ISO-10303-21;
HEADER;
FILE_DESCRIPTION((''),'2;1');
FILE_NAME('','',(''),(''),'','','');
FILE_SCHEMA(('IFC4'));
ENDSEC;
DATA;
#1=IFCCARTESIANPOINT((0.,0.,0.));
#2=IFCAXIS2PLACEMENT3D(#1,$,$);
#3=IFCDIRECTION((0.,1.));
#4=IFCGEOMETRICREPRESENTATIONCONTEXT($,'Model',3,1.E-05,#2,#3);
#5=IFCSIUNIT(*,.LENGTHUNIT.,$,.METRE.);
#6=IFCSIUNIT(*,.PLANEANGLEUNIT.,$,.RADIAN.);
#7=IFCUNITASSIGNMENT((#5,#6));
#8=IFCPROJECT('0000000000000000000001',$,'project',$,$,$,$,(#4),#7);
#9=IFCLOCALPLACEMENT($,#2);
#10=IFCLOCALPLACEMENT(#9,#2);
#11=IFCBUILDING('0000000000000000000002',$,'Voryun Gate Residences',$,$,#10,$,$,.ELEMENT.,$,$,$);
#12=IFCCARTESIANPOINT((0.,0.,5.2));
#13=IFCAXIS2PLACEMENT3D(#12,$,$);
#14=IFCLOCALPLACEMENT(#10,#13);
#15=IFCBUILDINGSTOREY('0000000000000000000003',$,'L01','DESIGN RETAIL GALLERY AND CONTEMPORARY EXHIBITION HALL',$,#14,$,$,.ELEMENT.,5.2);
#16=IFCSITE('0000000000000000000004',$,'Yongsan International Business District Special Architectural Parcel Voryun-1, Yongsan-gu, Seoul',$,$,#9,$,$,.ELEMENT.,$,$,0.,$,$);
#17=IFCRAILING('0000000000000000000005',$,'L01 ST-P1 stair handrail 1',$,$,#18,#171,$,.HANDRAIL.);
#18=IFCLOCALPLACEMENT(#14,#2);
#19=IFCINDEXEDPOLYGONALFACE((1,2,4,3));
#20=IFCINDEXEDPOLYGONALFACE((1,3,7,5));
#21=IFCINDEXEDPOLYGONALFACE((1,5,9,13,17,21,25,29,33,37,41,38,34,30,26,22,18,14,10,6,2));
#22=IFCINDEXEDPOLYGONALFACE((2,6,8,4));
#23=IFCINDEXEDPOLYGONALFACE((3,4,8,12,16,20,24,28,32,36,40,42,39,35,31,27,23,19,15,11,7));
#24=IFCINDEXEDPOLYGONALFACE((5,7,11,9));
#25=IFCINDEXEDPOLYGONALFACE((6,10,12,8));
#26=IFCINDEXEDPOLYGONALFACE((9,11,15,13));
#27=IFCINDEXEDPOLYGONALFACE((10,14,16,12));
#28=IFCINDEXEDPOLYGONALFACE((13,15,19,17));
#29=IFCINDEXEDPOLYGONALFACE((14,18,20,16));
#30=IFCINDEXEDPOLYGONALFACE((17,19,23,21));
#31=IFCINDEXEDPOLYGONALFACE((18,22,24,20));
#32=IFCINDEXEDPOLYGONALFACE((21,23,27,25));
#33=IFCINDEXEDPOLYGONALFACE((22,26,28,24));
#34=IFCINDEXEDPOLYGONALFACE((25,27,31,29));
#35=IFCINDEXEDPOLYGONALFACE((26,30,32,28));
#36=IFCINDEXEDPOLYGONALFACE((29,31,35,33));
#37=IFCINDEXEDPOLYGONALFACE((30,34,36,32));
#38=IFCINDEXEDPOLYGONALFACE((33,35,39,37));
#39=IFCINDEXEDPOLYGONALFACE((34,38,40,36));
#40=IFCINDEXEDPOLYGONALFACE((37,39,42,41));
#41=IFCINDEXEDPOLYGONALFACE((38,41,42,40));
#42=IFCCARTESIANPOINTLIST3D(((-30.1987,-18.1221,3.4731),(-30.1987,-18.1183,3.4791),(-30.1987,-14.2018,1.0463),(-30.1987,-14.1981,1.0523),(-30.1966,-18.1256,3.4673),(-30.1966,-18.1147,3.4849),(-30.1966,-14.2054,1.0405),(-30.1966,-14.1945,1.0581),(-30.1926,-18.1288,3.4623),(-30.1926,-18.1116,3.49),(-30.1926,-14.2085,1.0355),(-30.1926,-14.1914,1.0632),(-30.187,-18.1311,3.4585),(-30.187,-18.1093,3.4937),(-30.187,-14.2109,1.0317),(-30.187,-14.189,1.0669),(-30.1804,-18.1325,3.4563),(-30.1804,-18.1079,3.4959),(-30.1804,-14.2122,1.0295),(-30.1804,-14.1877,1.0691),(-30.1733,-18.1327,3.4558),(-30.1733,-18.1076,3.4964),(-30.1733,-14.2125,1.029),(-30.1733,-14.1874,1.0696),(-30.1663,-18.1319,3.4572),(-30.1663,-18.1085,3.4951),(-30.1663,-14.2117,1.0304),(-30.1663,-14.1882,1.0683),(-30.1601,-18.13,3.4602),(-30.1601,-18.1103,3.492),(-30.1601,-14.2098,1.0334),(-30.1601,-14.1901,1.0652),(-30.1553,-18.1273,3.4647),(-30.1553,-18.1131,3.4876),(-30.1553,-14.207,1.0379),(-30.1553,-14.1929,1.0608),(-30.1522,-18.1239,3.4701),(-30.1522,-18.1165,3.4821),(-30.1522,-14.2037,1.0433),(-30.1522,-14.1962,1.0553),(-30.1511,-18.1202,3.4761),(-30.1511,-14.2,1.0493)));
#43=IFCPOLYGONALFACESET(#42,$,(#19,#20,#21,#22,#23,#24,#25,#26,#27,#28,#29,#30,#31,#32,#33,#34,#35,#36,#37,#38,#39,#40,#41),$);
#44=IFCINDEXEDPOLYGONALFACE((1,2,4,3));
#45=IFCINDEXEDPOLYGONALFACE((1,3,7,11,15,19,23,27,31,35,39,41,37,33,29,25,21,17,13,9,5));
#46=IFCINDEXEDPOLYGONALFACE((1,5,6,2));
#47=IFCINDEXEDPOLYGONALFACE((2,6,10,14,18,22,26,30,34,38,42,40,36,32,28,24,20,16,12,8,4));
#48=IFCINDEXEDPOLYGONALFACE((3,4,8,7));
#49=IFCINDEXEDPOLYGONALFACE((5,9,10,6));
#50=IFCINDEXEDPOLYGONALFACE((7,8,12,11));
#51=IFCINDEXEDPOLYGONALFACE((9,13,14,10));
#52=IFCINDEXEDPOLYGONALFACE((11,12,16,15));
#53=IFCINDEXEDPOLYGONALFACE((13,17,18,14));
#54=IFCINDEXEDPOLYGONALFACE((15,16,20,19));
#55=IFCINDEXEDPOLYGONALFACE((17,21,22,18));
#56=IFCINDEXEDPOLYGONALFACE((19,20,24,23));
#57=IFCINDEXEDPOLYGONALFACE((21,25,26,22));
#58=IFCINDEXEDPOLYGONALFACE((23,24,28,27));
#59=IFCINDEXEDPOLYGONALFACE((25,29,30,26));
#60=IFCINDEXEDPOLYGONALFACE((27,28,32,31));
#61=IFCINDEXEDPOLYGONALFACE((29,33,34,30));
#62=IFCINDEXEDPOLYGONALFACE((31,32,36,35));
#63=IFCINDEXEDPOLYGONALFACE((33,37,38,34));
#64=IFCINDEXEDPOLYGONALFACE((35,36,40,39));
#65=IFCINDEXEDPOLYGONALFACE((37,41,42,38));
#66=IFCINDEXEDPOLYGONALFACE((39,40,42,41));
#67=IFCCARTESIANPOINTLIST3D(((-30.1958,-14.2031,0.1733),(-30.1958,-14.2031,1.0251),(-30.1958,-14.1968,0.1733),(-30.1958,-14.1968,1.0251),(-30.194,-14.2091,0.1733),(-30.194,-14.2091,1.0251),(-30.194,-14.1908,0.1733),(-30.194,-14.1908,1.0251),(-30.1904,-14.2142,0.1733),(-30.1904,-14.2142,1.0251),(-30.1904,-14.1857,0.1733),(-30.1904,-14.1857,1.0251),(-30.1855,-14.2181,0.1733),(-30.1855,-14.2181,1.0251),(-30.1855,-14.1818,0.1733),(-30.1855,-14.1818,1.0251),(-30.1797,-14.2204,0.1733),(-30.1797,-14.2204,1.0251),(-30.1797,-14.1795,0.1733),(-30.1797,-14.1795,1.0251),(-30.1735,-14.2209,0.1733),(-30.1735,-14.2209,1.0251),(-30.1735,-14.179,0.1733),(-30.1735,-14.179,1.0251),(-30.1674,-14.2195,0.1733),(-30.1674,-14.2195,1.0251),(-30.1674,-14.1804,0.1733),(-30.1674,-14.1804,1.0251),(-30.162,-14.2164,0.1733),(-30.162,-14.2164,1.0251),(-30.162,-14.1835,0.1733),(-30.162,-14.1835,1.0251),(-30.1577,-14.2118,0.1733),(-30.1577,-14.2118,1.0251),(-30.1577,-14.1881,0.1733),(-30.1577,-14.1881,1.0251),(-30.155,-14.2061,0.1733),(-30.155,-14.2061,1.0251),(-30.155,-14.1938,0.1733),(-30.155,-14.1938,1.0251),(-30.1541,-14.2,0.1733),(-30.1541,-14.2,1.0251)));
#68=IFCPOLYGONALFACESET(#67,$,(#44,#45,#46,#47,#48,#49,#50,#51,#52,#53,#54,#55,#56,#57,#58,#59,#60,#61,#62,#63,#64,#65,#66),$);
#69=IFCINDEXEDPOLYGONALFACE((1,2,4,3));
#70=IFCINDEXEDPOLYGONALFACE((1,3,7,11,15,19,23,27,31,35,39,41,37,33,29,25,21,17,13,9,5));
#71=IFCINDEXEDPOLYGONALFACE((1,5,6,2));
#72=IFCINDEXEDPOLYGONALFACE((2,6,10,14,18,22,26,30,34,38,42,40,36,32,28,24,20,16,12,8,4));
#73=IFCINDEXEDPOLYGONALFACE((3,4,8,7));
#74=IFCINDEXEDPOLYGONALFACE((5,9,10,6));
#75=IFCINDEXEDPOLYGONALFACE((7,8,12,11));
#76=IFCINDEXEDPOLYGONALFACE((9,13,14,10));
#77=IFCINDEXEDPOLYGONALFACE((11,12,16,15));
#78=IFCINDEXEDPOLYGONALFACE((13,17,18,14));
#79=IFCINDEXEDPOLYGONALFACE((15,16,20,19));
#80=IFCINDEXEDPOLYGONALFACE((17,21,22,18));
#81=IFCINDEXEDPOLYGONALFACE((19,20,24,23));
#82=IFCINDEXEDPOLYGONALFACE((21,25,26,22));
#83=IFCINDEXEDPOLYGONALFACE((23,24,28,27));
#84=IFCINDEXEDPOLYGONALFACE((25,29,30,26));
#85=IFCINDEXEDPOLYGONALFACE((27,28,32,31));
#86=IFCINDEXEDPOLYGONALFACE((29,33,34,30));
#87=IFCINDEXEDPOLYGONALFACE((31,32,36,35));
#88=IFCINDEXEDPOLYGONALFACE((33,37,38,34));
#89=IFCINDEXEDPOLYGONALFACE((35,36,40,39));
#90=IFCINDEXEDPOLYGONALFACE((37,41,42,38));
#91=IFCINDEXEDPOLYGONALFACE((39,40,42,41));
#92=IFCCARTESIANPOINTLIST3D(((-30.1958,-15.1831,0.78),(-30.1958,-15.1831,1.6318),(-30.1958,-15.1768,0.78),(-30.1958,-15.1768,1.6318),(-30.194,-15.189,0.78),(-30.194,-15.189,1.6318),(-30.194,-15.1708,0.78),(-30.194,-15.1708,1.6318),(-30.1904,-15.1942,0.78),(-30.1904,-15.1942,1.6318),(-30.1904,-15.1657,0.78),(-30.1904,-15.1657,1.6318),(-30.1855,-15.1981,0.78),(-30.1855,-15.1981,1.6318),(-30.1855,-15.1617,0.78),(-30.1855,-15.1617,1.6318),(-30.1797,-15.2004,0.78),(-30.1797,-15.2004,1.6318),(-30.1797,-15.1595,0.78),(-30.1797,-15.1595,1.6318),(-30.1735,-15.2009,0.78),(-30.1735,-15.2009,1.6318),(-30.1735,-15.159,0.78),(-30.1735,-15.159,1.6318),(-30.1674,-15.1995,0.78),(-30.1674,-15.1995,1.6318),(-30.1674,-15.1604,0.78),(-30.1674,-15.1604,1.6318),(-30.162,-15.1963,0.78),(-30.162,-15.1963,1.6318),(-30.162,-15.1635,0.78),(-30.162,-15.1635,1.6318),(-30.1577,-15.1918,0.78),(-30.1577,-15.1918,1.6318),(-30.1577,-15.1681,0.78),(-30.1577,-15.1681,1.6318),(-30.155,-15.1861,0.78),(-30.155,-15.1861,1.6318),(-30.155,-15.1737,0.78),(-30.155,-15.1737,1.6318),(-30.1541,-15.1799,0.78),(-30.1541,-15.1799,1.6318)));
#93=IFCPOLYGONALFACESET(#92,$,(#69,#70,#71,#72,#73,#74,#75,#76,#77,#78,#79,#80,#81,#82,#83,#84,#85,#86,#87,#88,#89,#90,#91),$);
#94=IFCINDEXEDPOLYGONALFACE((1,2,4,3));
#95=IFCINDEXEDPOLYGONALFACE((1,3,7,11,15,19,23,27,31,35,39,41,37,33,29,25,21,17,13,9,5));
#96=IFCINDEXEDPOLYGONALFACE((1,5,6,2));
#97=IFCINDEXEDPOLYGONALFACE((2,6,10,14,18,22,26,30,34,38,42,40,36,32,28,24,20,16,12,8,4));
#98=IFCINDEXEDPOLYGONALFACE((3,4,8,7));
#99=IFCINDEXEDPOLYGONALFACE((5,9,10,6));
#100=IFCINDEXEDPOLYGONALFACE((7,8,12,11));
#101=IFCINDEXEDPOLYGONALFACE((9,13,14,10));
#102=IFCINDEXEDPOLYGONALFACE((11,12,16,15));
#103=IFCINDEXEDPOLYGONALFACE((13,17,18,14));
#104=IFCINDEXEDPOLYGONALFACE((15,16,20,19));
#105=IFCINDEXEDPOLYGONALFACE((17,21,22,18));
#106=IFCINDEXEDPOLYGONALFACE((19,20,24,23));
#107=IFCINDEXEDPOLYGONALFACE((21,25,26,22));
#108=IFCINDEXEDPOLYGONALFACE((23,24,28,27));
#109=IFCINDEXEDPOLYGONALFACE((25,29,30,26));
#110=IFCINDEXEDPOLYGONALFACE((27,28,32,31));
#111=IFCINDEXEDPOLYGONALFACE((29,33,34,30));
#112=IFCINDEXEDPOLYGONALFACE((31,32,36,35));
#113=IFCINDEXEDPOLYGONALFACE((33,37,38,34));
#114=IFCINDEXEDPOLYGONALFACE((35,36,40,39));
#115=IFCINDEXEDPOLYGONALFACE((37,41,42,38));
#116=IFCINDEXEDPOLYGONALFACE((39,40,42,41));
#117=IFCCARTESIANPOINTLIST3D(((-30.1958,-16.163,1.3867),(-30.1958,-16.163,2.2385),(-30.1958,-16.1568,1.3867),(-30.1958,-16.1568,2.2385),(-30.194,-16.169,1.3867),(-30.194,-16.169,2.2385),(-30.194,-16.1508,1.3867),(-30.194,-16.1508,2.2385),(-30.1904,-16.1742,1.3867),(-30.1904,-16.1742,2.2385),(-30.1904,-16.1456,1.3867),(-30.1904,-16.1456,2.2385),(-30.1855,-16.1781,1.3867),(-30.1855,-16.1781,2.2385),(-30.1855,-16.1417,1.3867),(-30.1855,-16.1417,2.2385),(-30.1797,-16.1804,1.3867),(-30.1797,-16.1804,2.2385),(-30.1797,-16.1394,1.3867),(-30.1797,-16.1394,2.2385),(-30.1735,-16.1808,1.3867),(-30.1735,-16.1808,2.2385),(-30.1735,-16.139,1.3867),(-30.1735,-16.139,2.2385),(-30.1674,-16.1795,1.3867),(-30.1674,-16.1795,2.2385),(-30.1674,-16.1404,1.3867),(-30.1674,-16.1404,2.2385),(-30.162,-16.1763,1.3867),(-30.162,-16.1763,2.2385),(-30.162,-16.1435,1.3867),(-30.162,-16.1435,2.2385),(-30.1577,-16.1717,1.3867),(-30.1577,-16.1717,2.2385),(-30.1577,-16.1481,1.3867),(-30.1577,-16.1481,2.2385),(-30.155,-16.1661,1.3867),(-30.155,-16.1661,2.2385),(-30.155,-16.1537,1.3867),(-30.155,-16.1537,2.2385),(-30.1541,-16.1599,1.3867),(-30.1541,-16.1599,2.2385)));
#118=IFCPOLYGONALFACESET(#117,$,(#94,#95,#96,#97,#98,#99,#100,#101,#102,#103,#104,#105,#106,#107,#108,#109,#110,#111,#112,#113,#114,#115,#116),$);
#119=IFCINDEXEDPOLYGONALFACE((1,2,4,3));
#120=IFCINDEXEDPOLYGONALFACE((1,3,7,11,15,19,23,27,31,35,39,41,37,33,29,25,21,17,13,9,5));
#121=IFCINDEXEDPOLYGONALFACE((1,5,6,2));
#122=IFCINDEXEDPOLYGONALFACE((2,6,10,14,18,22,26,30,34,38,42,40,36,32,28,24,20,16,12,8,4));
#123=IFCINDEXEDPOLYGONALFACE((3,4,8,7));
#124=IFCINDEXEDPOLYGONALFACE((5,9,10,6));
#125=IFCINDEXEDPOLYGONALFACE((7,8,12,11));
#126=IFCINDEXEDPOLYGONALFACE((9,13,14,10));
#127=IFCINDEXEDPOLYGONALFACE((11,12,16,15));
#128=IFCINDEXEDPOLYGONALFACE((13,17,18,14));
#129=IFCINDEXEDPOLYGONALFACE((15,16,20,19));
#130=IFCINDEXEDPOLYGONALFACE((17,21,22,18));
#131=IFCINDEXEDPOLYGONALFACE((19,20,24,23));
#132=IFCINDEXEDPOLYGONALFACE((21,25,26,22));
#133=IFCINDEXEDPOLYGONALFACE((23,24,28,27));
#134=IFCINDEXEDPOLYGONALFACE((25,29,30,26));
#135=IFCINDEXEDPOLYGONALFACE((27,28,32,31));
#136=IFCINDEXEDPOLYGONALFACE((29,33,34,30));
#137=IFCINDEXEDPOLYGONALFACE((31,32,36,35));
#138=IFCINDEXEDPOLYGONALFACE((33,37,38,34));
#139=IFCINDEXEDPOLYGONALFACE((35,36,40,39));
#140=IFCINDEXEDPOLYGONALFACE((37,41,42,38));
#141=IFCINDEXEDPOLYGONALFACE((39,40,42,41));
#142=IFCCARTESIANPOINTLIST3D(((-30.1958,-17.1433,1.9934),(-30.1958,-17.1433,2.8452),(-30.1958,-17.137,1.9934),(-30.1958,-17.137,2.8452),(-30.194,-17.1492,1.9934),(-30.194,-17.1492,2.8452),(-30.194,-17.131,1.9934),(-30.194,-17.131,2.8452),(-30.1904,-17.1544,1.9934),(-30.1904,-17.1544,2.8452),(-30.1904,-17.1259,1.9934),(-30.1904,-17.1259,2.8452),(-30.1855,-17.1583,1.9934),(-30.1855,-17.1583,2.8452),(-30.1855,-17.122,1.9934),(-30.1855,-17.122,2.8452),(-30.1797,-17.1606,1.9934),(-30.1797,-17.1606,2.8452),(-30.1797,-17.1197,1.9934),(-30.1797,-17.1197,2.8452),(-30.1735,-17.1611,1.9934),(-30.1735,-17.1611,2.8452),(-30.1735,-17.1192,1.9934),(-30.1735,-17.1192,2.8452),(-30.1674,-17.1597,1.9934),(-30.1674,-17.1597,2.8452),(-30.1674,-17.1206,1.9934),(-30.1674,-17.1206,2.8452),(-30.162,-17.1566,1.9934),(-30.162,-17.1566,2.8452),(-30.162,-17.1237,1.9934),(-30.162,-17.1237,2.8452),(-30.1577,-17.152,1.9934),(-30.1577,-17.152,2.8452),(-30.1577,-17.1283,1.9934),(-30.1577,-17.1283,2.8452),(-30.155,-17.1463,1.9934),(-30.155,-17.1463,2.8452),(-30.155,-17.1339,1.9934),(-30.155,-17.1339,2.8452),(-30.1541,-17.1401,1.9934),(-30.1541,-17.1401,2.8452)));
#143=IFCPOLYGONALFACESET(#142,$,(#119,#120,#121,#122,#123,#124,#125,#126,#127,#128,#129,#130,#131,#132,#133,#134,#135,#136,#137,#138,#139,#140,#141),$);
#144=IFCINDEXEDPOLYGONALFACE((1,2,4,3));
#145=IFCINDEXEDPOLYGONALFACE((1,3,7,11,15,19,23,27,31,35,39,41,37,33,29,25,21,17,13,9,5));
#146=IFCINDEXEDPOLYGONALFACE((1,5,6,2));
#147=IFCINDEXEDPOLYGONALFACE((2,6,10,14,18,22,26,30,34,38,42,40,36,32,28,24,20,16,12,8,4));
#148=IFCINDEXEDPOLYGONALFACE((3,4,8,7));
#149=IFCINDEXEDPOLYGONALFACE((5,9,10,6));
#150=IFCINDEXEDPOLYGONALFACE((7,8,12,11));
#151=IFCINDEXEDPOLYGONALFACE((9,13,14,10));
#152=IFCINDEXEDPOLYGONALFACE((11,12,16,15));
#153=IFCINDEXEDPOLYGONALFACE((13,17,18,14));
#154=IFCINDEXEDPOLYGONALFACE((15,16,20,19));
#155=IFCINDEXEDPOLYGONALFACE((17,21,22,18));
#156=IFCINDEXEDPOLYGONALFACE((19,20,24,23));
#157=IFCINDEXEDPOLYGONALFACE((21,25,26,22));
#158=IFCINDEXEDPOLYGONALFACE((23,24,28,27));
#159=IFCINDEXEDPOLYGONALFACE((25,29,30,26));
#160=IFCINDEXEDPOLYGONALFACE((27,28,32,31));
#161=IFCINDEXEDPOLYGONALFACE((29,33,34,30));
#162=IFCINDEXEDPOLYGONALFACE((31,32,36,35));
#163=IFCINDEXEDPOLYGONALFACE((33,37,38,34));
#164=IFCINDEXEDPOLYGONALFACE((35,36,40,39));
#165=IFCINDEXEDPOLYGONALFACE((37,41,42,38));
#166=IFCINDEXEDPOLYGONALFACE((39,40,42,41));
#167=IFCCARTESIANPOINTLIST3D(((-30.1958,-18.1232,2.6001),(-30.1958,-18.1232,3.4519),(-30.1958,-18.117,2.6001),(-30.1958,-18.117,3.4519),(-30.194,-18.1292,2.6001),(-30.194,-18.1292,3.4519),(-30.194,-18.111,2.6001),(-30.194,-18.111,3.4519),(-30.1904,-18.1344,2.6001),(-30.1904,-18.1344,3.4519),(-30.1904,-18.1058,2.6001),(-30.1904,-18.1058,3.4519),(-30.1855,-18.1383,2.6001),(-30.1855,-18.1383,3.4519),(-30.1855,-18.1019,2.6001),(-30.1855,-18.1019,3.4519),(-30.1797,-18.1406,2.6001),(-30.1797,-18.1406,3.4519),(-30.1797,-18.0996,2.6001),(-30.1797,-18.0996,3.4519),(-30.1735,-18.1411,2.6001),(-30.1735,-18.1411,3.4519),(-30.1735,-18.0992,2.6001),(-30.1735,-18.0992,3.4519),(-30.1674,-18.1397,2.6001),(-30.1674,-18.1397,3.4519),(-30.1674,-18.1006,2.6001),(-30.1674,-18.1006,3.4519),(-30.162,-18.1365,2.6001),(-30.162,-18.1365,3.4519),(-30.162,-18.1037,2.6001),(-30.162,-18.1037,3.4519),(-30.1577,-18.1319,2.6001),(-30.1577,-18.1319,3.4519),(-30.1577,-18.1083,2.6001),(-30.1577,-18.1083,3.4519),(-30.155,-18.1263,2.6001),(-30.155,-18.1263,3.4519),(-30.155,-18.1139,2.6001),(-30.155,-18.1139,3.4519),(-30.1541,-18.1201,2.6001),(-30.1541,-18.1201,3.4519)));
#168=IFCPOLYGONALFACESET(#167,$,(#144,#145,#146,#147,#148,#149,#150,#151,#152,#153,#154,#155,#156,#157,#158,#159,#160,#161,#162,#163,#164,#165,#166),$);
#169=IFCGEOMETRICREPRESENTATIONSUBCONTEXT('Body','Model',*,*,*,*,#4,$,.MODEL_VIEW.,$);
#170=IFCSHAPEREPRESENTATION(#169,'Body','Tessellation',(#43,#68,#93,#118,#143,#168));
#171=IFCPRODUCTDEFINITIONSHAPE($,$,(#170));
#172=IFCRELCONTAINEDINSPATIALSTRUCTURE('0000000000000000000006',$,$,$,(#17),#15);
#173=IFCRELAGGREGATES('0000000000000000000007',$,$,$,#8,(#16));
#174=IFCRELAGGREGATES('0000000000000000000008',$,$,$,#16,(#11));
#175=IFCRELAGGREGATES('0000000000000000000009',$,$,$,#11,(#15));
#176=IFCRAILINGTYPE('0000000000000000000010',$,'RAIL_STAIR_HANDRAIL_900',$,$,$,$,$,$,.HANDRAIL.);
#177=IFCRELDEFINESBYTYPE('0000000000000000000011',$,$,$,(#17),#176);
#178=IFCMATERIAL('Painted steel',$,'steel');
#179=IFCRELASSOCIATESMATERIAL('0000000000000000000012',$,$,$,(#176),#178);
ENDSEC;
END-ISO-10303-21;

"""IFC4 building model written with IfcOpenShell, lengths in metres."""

from ifc_helpers import new_model, si_unit, direction, frame, origin, origin_2d, place, context, subcontext, project, spatial, circle, extrude, material, type_object, element, save


model = new_model("IFC4")

# Units and contexts
model_context = context("Model", 3, precision=1e-05, world=origin(), true_north=direction((0.0, 1.0)))
body_context = subcontext(model_context, "Body", "Model", "MODEL_VIEW")
ifc_project = project(units=[si_unit("LENGTHUNIT", "METRE"), si_unit("PLANEANGLEUNIT", "RADIAN")], contexts=[model_context])

# Site, building, storey
site_placement = place(None, origin())
site = spatial("IfcSite", under=ifc_project, at=site_placement, Name="Yongsan International Business District Special Architectural Parcel Voryun-1, Yongsan-gu, Seoul", CompositionType="ELEMENT", RefElevation=0.0)
building_placement = place(site_placement, origin())
building = spatial("IfcBuilding", under=site, at=building_placement, Name="Voryun Gate Residences", CompositionType="ELEMENT")
storey_placement = place(building_placement, frame((0.0, 0.0, 5.2)))
storey = spatial("IfcBuildingStorey", under=building, at=storey_placement, Name="L01", Description="DESIGN RETAIL GALLERY AND CONTEMPORARY EXHIBITION HALL", CompositionType="ELEMENT", Elevation=5.2)

# Railing
ifc_material_1 = material(Name="Painted steel", Category="steel")
railing_type_1 = type_object("IfcRailingType", Name="RAIL_STAIR_HANDRAIL_900", PredefinedType="HANDRAIL", material=ifc_material_1)
railing_1_placement = place(storey_placement, frame((-30.175, -14.2, 0.1733)))
element("IfcRailing", 1, at=railing_1_placement, inside=storey, type_object=railing_type_1, Name="L01 ST-P1 stair handrail 1", PredefinedType="HANDRAIL", context=body_context, shape_type="SweptSolid", body=[
    extrude(circle(Radius=0.0239, at=origin_2d()), frame((0.0, 0.0, 0.876), z_axis=(0.0, -0.850266, 0.526353), x_axis=(1.0, 0.0, 0.0)), (0.0, 0.0, 1.0), 4.6106),
    extrude(circle(Radius=0.021, at=origin_2d()), origin(), (0.0, 0.0, 1.0), 0.8518),
    extrude(circle(Radius=0.021, at=origin_2d()), frame((0.0, -0.98, 0.6067)), (0.0, 0.0, 1.0), 0.8518),
    extrude(circle(Radius=0.021, at=origin_2d()), frame((0.0, -1.96, 1.2134)), (0.0, 0.0, 1.0), 0.8518),
    extrude(circle(Radius=0.021, at=origin_2d()), frame((0.0, -2.9402, 1.8201)), (0.0, 0.0, 1.0), 0.8518),
    extrude(circle(Radius=0.021, at=origin_2d()), frame((0.0, -3.9202, 2.4268)), (0.0, 0.0, 1.0), 0.8518),
])

save(model, "model.ifc")
